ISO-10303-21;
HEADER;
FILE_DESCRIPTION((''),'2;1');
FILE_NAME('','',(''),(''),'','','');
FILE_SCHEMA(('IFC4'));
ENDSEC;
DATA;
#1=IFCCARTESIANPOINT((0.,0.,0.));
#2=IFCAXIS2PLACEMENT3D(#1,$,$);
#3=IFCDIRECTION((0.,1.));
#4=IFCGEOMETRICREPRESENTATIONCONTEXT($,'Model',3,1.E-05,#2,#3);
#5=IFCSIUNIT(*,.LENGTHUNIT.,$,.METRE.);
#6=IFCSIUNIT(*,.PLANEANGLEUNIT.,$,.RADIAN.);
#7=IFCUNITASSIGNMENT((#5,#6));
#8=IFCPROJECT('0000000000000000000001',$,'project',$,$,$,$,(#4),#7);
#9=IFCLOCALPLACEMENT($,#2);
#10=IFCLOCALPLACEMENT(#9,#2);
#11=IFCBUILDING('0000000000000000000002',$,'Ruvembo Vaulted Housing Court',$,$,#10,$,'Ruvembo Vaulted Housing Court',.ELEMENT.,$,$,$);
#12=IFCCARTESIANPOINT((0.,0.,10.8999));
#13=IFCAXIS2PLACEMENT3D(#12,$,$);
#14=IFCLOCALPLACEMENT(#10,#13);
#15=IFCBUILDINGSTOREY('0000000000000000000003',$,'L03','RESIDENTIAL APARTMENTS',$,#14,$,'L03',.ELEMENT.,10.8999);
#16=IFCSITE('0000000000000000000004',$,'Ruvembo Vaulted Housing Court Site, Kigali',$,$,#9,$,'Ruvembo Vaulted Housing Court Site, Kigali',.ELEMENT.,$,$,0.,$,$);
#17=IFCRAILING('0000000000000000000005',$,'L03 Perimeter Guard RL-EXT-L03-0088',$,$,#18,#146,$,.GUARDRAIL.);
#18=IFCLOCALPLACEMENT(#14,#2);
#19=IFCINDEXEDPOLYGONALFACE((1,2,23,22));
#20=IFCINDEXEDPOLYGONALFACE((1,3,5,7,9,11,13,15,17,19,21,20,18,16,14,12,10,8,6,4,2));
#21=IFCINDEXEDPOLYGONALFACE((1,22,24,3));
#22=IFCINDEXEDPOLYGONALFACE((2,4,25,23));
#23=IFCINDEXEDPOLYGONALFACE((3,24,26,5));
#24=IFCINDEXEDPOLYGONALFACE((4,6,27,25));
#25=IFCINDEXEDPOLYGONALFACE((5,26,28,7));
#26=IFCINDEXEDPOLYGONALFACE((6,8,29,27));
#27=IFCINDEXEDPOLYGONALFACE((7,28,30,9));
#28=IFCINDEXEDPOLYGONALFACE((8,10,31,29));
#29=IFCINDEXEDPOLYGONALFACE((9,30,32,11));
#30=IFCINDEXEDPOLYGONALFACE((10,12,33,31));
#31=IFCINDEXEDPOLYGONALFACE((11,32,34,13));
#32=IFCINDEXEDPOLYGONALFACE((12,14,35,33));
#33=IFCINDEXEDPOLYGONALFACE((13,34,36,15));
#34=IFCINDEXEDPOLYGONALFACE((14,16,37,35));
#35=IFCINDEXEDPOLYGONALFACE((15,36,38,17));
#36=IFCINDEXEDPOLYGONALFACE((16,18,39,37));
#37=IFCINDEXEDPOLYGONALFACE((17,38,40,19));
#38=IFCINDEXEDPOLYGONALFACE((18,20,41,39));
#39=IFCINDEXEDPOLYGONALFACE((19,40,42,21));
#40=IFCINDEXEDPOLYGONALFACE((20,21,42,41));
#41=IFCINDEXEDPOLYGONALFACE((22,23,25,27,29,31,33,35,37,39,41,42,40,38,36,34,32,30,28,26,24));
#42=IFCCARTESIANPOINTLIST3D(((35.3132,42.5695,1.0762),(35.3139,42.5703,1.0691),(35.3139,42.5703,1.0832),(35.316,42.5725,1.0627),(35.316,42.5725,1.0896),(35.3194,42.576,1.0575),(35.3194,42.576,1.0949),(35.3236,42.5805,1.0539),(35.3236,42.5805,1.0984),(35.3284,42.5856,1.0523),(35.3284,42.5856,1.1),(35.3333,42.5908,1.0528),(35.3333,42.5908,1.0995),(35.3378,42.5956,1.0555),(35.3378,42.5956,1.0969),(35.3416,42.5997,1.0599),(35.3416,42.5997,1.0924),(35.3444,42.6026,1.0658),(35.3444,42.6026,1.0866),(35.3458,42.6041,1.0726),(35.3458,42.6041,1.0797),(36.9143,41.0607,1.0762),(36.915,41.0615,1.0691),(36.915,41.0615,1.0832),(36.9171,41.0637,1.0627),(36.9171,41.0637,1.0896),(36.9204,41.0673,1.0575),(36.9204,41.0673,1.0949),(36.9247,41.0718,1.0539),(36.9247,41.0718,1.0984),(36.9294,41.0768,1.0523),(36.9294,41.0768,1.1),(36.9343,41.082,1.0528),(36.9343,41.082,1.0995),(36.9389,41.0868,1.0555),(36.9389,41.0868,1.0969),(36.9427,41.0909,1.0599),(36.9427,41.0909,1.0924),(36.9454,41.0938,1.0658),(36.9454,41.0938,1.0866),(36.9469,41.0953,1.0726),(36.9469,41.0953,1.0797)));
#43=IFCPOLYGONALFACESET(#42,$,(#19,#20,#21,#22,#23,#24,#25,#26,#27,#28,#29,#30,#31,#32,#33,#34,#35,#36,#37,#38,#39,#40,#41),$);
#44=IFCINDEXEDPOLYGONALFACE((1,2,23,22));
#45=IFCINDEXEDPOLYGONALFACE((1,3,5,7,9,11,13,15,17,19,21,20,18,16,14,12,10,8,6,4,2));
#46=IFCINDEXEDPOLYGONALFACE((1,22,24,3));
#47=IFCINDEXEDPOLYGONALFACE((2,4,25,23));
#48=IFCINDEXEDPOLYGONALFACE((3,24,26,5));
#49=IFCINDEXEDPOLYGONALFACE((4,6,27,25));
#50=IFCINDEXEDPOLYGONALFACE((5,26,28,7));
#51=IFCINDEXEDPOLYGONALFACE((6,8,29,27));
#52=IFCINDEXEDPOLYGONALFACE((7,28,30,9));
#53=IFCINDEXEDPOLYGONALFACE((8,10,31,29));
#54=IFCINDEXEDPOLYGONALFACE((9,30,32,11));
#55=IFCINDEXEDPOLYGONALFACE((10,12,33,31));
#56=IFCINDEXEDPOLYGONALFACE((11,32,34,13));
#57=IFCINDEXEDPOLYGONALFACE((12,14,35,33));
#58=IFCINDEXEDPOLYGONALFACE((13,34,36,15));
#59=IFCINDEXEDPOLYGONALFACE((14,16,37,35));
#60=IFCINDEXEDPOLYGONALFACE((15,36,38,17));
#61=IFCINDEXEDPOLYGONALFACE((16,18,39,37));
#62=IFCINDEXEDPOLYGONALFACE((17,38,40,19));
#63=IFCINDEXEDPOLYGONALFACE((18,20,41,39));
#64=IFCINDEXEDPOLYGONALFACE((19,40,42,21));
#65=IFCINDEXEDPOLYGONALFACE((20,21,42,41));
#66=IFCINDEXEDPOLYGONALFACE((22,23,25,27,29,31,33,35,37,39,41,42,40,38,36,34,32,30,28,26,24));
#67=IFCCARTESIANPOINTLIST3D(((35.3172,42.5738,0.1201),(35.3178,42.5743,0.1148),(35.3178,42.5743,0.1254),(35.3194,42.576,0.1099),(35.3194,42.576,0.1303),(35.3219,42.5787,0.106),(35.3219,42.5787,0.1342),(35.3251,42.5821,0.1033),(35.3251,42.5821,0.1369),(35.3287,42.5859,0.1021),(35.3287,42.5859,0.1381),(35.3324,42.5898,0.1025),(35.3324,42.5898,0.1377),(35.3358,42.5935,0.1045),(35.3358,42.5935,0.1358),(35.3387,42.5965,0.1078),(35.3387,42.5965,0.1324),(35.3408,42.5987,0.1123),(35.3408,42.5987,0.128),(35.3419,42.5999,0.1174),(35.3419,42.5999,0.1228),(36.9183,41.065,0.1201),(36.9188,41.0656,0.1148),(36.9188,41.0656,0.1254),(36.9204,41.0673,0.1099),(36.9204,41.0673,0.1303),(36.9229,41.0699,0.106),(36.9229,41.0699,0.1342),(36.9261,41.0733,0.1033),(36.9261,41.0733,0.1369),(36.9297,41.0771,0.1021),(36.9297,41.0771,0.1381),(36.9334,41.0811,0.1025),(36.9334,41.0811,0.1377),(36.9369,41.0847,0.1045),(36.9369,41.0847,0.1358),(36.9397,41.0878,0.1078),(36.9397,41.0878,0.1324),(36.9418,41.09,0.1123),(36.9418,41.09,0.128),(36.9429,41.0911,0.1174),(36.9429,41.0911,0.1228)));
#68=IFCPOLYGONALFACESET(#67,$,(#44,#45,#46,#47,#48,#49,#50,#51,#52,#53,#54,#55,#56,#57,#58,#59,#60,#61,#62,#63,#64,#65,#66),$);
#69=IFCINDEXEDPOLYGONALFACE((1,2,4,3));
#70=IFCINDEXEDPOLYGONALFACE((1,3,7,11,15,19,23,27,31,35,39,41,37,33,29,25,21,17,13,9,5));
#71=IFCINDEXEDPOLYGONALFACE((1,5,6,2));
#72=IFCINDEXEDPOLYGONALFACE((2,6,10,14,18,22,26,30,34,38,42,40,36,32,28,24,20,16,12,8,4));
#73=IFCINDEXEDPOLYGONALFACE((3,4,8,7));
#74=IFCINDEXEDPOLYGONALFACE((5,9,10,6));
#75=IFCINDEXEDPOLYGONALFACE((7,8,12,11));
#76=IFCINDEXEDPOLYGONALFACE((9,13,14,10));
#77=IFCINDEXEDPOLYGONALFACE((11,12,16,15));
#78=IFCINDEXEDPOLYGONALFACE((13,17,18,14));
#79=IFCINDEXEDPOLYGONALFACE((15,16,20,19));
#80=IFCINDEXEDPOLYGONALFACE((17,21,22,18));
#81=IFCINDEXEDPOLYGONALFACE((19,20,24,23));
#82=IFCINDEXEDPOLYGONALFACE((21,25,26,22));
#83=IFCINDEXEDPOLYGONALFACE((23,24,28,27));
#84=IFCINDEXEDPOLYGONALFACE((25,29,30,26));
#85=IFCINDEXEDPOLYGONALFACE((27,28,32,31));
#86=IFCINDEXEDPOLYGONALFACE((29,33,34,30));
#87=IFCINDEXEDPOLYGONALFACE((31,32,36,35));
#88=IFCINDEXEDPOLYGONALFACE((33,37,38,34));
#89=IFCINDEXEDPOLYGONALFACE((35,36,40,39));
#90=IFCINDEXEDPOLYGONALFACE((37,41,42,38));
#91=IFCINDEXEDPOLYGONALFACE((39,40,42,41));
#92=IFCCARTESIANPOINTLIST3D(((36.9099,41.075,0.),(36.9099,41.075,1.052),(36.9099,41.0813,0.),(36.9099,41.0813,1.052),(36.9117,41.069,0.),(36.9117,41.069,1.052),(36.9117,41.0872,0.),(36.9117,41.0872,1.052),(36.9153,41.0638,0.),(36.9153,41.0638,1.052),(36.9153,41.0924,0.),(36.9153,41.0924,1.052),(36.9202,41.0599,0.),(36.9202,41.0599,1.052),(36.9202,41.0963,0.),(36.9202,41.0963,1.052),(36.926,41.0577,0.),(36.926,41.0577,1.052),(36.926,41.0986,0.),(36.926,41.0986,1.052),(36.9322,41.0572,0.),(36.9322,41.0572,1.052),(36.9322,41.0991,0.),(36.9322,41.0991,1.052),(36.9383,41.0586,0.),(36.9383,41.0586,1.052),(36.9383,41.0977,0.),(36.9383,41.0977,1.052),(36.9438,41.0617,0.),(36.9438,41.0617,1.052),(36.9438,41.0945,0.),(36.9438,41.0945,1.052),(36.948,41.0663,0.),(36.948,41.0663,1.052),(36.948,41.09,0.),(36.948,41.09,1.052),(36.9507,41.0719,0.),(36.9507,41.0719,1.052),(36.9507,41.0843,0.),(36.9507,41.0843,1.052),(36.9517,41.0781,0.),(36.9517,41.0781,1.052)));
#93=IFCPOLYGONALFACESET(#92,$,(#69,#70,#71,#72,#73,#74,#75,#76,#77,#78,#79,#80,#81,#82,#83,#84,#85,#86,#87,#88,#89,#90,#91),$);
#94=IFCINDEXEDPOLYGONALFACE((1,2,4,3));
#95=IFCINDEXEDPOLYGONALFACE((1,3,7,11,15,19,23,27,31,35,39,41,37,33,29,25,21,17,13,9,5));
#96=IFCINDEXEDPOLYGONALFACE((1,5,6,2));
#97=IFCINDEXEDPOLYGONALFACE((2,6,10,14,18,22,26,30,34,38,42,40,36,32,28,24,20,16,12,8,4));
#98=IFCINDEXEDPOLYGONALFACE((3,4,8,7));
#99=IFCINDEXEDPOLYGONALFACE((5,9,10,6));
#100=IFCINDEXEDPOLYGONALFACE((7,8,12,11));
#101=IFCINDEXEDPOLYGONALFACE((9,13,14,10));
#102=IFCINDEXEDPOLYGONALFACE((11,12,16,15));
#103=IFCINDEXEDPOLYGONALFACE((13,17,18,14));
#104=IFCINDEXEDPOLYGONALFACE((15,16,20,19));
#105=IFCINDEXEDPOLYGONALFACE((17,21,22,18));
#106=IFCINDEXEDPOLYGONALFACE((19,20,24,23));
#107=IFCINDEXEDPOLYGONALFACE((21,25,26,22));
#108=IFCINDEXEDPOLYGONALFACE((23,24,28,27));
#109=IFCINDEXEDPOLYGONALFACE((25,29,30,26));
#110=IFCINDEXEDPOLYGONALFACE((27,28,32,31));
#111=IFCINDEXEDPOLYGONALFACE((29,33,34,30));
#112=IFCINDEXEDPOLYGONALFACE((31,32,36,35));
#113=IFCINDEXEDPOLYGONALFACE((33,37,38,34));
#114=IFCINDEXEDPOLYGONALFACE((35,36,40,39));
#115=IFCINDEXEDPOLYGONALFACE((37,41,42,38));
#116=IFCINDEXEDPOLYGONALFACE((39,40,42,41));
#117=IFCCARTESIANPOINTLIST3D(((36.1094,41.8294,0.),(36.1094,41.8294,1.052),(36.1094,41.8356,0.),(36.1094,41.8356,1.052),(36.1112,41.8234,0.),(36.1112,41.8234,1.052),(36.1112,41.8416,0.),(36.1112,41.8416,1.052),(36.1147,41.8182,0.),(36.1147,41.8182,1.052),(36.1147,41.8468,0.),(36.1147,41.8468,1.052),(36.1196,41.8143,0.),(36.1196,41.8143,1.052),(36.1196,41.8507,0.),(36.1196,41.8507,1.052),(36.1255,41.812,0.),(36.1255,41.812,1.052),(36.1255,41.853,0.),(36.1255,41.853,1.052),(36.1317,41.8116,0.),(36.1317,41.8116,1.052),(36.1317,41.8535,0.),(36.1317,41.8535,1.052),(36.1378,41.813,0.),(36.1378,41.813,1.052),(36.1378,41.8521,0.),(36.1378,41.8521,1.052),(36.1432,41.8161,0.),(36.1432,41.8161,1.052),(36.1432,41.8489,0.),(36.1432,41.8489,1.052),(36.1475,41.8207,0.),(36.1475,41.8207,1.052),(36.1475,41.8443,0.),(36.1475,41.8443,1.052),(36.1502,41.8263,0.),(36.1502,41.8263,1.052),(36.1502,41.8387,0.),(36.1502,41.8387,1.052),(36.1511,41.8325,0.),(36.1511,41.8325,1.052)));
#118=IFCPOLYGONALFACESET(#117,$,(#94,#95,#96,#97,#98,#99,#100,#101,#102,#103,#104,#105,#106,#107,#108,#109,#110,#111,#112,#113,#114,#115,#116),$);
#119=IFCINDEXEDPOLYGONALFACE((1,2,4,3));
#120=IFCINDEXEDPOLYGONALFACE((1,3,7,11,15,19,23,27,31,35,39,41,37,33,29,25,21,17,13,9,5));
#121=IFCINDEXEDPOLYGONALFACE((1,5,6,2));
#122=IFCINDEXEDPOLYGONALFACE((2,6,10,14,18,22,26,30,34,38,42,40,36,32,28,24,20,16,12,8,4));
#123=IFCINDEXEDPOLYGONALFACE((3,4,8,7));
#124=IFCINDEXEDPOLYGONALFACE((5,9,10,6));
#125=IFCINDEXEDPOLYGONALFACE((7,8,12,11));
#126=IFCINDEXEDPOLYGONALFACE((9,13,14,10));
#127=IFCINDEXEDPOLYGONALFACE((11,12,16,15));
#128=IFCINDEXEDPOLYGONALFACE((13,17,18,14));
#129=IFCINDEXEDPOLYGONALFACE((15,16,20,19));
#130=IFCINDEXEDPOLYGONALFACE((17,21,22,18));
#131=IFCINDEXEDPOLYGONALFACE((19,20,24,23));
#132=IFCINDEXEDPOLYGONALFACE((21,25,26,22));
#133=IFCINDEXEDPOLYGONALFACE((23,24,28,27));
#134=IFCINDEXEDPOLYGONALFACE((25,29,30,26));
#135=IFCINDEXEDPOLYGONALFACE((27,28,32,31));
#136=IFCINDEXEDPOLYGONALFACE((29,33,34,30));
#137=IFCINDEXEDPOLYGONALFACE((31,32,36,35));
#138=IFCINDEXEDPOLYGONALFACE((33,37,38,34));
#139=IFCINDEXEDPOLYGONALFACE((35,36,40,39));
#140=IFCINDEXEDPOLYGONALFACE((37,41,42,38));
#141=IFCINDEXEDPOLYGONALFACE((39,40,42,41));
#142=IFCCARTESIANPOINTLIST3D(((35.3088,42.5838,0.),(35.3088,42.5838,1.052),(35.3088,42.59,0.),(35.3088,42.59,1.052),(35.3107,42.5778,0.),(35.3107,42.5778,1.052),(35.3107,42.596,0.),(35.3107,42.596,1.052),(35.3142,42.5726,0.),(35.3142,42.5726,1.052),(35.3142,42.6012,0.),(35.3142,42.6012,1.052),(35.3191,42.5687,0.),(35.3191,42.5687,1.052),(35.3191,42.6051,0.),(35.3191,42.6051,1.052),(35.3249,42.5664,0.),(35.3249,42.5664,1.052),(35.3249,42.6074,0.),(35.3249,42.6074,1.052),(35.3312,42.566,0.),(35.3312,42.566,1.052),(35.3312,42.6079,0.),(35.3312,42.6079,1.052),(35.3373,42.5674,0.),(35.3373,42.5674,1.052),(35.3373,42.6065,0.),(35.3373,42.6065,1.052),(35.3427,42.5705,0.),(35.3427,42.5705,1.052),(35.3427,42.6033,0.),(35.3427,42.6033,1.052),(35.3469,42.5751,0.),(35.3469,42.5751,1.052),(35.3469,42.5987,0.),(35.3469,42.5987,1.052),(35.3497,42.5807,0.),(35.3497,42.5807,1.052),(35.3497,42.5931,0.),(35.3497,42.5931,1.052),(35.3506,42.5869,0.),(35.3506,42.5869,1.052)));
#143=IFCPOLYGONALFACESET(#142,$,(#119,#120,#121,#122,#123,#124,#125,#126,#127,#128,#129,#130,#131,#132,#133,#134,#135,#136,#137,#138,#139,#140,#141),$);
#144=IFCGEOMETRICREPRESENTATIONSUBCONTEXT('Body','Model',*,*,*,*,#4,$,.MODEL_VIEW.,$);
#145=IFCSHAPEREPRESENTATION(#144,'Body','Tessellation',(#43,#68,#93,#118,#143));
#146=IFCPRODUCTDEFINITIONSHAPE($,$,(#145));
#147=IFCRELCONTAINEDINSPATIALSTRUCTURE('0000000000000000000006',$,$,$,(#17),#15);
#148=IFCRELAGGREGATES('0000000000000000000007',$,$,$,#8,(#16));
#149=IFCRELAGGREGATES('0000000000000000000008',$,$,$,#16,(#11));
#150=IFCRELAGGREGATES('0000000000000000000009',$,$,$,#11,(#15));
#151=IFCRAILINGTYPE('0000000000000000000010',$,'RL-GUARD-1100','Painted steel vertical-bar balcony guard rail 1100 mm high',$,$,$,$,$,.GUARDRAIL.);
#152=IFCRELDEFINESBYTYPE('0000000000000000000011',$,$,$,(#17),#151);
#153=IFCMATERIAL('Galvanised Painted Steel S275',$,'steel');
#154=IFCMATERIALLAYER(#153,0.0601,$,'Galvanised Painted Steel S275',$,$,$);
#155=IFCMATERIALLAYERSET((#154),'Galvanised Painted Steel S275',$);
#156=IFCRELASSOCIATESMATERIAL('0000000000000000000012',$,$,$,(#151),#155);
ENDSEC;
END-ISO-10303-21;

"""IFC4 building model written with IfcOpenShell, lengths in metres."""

from ifc_helpers import new_model, si_unit, direction, frame, origin, origin_2d, place, context, subcontext, project, spatial, circle, extrude, material, layer, layer_set, type_object, element, save


model = new_model("IFC4")

# Units and contexts
model_context = context("Model", 3, precision=1e-05, world=origin(), true_north=direction((0.0, 1.0)))
body_context = subcontext(model_context, "Body", "Model", "MODEL_VIEW")
ifc_project = project(units=[si_unit("LENGTHUNIT", "METRE"), si_unit("PLANEANGLEUNIT", "RADIAN")], contexts=[model_context])

# Site, building, storey
site_placement = place(None, origin())
site = spatial("IfcSite", under=ifc_project, at=site_placement, Name="Ruvembo Vaulted Housing Court Site, Kigali", LongName="Ruvembo Vaulted Housing Court Site, Kigali", CompositionType="ELEMENT", RefElevation=0.0)
building_placement = place(site_placement, origin())
building = spatial("IfcBuilding", under=site, at=building_placement, Name="Ruvembo Vaulted Housing Court", LongName="Ruvembo Vaulted Housing Court", CompositionType="ELEMENT")
storey_placement = place(building_placement, frame((0.0, 0.0, 10.8999)))
storey = spatial("IfcBuildingStorey", under=building, at=storey_placement, Name="L03", Description="RESIDENTIAL APARTMENTS", LongName="L03", CompositionType="ELEMENT", Elevation=10.8999)

# Railing
ifc_material_1 = material(Name="Galvanised Painted Steel S275", Category="steel")
ifc_layer_1 = layer(ifc_material_1, 0.0601, Name="Galvanised Painted Steel S275")
ifc_layer_set_1 = layer_set([ifc_layer_1], Name="Galvanised Painted Steel S275")
railing_type = type_object("IfcRailingType", Name="RL-GUARD-1100", Description="Painted steel vertical-bar balcony guard rail 1100 mm high", PredefinedType="GUARDRAIL", material=ifc_layer_set_1)
railing_placement = place(storey_placement, frame((36.9307, 41.0781, 0.0)))
element("IfcRailing", 1, at=railing_placement, inside=storey, type_object=railing_type, Name="L03 Perimeter Guard RL-EXT-L03-0088", PredefinedType="GUARDRAIL", context=body_context, shape_type="SweptSolid", body=[
    extrude(circle(Radius=0.0239, at=origin_2d()), frame((0.0, 0.0, 1.0762), z_axis=(-0.72777, 0.685821, 0.0), x_axis=(-0.685821, -0.72777, 0.0)), (0.0, 0.0, 1.0), 2.2),
    extrude(circle(Radius=0.0181, at=origin_2d()), frame((0.0, 0.0, 0.1201), z_axis=(-0.72777, 0.685821, 0.0), x_axis=(-0.685821, -0.72777, 0.0)), (0.0, 0.0, 1.0), 2.2),
    extrude(circle(Radius=0.021, at=origin_2d()), origin(), (0.0, 0.0, 1.0), 1.052),
    extrude(circle(Radius=0.021, at=origin_2d()), frame((-0.8005, 0.7544, 0.0)), (0.0, 0.0, 1.0), 1.052),
    extrude(circle(Radius=0.021, at=origin_2d()), frame((-1.6011, 1.5088, 0.0)), (0.0, 0.0, 1.0), 1.052),
])

save(model, "model.ifc")
